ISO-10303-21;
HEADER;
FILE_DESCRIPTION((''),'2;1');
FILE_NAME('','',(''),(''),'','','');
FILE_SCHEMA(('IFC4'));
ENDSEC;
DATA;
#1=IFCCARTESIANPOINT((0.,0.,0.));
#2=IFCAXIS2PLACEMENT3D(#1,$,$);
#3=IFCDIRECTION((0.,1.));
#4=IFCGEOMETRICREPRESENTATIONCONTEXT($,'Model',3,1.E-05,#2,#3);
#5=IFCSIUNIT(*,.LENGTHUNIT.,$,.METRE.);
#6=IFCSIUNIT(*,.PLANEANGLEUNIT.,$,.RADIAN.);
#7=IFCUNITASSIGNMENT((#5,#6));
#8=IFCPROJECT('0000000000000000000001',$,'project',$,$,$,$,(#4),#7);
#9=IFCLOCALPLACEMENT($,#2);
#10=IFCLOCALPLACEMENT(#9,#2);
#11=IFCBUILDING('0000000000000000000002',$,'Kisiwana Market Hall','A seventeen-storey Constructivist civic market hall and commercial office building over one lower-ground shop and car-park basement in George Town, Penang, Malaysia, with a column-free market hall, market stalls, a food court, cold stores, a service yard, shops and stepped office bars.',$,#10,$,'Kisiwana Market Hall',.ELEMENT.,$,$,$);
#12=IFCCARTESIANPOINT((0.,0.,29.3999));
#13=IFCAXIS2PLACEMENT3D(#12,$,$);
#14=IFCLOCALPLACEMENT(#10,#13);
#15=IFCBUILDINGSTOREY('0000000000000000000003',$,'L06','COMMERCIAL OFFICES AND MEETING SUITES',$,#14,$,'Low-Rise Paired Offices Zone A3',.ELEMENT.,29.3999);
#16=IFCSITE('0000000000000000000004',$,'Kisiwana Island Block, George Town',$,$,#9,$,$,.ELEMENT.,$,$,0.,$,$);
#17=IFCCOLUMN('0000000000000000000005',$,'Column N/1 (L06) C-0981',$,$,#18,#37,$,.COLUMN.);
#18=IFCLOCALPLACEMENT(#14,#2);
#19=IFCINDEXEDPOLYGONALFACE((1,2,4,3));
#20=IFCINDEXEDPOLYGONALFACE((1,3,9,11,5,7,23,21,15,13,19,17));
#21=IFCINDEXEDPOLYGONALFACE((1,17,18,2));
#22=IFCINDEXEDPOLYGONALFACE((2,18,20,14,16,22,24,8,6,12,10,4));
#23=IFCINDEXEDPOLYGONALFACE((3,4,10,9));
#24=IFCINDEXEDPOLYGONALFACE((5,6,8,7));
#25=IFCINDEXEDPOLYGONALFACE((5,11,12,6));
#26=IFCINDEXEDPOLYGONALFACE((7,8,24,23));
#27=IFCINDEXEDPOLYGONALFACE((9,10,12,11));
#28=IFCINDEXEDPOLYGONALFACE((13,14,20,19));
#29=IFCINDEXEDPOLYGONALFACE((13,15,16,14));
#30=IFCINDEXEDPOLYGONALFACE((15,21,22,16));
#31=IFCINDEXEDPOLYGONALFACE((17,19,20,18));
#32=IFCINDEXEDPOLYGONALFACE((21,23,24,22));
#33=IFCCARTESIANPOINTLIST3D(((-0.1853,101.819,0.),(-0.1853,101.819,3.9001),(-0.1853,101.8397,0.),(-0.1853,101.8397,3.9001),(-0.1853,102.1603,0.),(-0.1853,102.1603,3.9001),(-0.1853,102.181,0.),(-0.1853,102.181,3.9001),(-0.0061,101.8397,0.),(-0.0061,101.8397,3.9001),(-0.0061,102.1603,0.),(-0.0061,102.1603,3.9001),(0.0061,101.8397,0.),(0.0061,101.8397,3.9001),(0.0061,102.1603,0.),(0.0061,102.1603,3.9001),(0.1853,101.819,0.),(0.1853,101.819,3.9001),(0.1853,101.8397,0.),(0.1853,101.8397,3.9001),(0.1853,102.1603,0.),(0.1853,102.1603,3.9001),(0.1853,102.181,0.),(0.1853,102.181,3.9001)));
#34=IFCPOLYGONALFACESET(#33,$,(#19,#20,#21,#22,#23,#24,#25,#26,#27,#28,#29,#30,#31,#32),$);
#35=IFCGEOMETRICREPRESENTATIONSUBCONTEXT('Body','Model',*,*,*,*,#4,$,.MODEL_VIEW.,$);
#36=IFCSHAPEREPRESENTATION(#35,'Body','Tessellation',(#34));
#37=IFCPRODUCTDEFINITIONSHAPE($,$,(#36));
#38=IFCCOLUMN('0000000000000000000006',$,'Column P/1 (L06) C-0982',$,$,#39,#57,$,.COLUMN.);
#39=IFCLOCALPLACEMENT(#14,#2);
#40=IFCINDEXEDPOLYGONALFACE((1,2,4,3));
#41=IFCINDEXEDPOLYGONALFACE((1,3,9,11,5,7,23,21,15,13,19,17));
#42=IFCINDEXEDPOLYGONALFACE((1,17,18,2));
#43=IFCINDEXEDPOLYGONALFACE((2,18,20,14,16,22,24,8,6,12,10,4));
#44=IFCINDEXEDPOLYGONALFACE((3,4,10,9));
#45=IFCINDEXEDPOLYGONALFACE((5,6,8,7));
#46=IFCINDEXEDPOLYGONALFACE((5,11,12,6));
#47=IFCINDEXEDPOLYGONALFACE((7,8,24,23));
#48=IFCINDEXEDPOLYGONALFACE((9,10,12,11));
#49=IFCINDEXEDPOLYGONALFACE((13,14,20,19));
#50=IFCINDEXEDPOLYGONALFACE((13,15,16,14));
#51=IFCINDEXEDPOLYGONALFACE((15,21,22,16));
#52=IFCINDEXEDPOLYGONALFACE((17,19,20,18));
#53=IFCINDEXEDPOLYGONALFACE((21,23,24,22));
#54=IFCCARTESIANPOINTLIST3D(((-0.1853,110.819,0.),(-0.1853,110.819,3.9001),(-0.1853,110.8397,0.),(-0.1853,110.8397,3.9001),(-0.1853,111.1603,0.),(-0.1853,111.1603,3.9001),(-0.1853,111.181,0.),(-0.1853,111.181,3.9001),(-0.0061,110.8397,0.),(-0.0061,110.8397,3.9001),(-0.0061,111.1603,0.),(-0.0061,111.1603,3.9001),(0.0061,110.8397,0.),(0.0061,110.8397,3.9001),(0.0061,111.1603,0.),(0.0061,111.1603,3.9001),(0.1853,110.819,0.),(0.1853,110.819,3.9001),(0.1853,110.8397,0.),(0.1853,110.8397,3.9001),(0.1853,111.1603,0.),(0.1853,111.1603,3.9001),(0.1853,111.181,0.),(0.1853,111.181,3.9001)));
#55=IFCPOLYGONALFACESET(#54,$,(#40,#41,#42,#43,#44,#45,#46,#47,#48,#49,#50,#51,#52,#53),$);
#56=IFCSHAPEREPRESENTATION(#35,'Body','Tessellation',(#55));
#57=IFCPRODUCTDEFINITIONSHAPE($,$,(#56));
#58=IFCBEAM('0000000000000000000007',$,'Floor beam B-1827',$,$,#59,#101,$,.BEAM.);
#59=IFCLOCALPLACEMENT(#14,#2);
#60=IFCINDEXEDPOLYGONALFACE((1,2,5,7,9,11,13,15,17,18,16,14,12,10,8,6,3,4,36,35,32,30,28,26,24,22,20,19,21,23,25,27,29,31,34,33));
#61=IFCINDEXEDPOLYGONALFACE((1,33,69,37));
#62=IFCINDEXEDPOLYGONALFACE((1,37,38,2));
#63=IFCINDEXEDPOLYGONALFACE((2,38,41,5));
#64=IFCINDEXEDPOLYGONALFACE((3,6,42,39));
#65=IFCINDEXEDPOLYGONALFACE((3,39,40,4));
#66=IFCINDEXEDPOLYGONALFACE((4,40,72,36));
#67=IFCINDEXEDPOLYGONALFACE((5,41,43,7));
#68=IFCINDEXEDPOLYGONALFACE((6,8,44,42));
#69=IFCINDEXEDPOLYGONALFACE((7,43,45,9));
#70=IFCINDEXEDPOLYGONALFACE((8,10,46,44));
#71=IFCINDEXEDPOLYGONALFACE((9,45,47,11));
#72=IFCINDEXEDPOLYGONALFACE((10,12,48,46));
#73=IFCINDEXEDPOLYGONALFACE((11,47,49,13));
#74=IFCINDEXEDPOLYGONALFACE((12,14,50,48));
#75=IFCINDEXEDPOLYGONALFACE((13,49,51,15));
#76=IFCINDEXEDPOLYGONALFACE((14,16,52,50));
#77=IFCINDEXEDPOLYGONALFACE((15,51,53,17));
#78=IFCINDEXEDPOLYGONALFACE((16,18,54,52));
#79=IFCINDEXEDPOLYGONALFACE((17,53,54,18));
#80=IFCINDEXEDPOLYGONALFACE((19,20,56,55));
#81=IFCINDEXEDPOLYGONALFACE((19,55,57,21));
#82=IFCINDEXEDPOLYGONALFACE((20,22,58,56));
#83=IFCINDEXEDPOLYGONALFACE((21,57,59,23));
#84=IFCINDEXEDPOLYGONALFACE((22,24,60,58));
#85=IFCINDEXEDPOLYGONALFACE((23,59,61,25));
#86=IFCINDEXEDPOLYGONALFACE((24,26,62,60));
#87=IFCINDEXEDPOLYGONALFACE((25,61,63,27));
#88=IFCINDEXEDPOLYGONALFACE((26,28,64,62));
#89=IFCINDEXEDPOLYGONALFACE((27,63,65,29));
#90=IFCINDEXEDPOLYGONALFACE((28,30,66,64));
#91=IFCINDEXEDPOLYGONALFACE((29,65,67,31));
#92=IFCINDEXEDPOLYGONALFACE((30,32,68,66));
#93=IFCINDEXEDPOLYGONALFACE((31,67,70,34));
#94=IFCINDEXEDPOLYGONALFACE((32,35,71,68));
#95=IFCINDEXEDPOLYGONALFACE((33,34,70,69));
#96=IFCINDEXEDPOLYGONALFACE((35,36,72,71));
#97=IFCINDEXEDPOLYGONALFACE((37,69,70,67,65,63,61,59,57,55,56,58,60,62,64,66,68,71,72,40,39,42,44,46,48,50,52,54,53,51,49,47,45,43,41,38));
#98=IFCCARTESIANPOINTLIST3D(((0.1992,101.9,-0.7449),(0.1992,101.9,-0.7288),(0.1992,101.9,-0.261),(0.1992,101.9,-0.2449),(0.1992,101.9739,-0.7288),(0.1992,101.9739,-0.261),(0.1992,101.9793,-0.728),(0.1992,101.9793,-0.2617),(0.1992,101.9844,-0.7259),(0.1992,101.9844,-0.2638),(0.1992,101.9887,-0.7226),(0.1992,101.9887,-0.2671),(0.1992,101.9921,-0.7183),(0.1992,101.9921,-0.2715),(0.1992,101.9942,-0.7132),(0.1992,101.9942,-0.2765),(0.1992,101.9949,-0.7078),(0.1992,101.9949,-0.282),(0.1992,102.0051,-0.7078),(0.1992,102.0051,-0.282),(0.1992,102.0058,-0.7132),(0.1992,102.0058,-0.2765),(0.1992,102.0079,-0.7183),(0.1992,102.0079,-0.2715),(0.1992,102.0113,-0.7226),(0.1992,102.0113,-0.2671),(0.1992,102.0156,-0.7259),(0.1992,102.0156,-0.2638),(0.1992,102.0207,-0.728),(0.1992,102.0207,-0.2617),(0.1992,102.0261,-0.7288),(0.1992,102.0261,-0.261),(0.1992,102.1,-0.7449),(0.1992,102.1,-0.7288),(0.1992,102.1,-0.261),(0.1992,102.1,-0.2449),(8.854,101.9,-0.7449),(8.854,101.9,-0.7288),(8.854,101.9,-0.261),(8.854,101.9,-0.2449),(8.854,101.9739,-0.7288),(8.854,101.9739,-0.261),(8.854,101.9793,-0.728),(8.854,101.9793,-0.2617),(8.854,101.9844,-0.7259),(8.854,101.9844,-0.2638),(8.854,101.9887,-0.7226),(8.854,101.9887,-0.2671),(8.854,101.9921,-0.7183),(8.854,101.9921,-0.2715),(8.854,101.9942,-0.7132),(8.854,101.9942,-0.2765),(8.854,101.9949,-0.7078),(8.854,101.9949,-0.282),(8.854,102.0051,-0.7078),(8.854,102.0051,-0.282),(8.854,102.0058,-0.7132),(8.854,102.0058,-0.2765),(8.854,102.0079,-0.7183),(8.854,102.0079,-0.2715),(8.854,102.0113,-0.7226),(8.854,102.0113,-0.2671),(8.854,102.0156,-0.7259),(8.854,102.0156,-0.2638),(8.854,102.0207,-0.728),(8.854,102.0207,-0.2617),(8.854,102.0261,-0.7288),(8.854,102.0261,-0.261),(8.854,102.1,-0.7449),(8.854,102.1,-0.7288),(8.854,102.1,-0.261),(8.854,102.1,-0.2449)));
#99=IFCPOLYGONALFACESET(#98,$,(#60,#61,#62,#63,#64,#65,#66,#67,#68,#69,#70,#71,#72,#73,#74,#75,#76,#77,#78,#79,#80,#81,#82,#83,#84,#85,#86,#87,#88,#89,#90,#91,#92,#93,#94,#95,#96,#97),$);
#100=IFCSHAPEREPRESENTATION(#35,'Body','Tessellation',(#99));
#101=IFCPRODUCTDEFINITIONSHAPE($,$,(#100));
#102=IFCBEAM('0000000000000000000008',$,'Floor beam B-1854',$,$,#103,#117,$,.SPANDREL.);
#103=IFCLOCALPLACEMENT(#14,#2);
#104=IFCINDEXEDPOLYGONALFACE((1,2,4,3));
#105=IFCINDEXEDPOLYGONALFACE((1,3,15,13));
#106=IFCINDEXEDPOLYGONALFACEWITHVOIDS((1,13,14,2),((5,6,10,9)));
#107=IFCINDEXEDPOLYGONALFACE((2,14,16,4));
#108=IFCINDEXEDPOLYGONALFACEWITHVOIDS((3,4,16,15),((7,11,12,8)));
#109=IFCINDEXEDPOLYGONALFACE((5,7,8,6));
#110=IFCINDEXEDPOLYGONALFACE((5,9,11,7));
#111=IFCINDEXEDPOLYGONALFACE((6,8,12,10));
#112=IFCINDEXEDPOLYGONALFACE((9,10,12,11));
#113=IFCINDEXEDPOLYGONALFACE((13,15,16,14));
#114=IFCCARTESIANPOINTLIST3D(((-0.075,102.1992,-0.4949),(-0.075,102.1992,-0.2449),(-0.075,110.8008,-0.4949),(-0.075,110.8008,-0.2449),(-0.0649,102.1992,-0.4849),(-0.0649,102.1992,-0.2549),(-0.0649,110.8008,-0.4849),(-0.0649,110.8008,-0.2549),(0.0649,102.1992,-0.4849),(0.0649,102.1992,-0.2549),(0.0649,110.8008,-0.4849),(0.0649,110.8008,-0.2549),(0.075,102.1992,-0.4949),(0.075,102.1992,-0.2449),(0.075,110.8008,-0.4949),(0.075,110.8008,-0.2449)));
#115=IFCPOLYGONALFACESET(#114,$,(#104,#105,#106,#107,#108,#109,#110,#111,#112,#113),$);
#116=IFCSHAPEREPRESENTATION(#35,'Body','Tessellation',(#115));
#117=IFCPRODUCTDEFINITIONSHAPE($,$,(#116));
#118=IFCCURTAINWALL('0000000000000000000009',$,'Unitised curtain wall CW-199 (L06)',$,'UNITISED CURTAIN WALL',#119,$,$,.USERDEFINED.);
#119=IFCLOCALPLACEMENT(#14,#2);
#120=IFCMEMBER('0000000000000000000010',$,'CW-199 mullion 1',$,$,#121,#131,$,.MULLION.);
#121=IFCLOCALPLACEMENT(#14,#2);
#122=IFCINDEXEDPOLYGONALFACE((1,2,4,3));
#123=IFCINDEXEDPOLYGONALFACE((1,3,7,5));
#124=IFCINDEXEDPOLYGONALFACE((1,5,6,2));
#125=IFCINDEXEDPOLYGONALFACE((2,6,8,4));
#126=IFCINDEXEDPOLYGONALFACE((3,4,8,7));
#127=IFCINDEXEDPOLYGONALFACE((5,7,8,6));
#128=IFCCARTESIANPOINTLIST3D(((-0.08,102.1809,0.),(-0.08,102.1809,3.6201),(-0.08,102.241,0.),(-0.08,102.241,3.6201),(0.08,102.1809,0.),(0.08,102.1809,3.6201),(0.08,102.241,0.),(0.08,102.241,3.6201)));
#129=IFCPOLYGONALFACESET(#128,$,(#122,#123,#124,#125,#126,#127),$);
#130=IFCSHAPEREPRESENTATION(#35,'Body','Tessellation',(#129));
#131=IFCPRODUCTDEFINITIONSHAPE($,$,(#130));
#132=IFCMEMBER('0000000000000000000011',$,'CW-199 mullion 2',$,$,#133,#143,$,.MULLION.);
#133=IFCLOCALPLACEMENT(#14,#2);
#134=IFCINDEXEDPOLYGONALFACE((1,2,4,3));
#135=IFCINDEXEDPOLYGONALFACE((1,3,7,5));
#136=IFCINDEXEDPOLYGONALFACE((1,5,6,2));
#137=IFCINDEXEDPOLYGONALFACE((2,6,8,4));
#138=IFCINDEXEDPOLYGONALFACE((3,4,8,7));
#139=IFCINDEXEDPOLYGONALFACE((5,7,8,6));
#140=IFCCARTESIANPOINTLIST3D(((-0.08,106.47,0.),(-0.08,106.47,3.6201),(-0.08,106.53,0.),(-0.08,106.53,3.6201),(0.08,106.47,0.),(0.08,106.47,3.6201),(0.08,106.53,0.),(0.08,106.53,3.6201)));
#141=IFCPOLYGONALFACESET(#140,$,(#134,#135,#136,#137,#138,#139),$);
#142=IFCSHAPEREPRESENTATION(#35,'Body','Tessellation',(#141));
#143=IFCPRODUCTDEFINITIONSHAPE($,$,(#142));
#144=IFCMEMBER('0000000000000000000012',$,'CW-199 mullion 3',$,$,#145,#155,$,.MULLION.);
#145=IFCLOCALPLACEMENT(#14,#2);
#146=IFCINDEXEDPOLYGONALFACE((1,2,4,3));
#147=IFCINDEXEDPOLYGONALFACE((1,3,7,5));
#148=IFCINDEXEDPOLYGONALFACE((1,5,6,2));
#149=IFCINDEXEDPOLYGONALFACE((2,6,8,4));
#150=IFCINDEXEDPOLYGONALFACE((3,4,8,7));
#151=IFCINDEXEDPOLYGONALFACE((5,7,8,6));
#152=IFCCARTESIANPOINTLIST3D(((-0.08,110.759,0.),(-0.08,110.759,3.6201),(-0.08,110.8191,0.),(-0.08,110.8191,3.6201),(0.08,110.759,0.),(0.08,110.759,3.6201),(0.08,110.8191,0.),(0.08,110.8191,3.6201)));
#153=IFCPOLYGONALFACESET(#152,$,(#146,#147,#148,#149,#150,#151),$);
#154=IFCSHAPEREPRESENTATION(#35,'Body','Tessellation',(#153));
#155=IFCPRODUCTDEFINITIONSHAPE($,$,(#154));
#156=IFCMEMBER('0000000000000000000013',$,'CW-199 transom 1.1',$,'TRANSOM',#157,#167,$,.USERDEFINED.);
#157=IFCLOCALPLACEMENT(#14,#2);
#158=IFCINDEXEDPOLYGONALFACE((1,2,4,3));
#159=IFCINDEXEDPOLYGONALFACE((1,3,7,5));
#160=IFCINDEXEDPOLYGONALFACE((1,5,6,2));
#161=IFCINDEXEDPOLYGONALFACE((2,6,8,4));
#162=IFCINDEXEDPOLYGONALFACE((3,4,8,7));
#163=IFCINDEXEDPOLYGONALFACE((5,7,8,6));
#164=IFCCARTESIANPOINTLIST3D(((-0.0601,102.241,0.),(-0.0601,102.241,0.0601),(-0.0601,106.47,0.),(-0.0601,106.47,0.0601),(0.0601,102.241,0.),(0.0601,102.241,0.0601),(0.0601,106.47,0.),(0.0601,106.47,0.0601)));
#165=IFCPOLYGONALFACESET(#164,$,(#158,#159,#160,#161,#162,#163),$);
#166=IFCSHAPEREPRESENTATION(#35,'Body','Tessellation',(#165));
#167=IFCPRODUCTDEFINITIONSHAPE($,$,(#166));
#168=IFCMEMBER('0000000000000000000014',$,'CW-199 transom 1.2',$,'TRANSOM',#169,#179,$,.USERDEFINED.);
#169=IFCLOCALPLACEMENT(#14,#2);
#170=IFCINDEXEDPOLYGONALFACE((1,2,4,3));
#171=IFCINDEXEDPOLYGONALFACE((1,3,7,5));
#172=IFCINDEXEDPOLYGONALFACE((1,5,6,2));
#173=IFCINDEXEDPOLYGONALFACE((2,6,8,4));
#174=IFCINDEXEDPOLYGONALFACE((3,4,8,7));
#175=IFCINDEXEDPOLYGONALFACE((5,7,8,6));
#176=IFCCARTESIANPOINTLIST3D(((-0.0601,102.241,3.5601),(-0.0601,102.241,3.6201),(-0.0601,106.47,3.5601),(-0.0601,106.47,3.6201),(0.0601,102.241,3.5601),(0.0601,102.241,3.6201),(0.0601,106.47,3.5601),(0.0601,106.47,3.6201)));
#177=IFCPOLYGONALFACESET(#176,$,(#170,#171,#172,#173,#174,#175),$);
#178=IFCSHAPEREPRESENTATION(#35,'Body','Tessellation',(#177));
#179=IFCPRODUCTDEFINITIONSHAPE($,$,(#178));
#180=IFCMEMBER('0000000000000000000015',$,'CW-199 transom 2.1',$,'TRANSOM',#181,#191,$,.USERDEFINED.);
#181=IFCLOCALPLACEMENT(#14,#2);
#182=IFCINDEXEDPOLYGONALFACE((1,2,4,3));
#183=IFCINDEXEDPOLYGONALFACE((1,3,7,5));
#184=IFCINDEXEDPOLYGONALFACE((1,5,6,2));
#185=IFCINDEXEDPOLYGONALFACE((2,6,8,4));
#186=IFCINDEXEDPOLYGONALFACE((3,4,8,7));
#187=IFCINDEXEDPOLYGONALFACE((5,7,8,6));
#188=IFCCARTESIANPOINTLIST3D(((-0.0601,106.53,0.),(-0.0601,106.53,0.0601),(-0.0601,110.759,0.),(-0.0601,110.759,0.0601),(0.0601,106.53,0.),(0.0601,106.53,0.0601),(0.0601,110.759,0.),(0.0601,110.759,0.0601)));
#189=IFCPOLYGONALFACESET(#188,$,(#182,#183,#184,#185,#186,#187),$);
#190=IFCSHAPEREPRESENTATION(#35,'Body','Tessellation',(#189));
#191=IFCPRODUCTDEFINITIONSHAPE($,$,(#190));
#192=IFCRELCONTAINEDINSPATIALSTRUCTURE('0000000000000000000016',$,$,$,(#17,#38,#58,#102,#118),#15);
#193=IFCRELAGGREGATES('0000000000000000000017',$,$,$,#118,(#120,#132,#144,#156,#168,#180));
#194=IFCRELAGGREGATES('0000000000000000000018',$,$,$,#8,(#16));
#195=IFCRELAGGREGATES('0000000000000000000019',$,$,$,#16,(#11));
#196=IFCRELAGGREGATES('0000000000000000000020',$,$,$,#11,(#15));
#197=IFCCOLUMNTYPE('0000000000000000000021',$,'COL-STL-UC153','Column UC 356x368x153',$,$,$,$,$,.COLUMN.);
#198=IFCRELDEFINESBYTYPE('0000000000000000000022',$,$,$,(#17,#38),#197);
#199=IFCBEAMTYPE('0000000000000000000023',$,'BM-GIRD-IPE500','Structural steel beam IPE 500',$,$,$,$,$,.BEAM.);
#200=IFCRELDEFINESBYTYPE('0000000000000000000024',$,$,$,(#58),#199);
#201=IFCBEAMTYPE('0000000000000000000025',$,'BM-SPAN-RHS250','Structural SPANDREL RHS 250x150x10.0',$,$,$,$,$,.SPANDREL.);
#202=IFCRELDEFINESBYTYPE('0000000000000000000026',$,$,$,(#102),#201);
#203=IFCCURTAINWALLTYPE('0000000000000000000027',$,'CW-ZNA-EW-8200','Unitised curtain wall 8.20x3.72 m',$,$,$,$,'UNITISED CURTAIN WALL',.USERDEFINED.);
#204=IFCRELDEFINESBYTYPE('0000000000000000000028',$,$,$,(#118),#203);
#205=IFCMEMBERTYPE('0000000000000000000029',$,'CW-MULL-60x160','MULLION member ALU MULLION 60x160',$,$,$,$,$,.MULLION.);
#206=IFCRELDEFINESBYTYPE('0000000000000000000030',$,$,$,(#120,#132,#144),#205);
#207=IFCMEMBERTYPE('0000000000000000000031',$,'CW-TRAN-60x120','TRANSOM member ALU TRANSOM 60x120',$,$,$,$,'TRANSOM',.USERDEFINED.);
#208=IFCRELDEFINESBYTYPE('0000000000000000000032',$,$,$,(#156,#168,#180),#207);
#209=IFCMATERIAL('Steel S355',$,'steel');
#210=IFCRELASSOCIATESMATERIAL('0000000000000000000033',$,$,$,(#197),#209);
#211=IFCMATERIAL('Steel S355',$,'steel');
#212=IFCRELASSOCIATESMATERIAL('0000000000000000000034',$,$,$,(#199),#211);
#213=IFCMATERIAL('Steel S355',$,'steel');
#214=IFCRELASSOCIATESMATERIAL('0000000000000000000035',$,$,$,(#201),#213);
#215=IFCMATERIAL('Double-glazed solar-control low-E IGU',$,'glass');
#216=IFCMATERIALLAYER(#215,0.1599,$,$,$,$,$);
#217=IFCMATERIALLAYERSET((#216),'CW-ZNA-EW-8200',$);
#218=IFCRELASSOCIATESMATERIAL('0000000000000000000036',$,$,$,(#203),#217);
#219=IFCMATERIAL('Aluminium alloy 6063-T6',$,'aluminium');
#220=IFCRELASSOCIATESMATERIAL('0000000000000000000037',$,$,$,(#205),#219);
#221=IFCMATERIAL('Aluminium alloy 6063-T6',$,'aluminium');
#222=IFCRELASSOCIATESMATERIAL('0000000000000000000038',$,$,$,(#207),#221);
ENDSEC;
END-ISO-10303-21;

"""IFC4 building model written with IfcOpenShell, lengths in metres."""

from ifc_helpers import new_model, si_unit, direction, frame, origin, origin_2d, place, context, subcontext, project, spatial, rectangle, hollow_rectangle, i_section, extrude, material, layer, layer_set, material_profile, profile_set, type_object, element, aggregate, save


model = new_model("IFC4")

# Units and contexts
model_context = context("Model", 3, precision=1e-05, world=origin(), true_north=direction((0.0, 1.0)))
body_context = subcontext(model_context, "Body", "Model", "MODEL_VIEW")
ifc_project = project(units=[si_unit("LENGTHUNIT", "METRE"), si_unit("PLANEANGLEUNIT", "RADIAN")], contexts=[model_context])

# Site, building, storey
site_placement = place(None, origin())
site = spatial("IfcSite", under=ifc_project, at=site_placement, Name="Kisiwana Island Block, George Town", CompositionType="ELEMENT", RefElevation=0.0)
building_placement = place(site_placement, origin())
building = spatial("IfcBuilding", under=site, at=building_placement, Name="Kisiwana Market Hall", Description="A seventeen-storey Constructivist civic market hall and commercial office building over one lower-ground shop and car-park basement in George Town, Penang, Malaysia, with a column-free market hall, market stalls, a food court, cold stores, a service yard, shops and stepped office bars.", LongName="Kisiwana Market Hall", CompositionType="ELEMENT")
storey_placement = place(building_placement, frame((0.0, 0.0, 29.3999)))
storey = spatial("IfcBuildingStorey", under=building, at=storey_placement, Name="L06", Description="COMMERCIAL OFFICES AND MEETING SUITES", LongName="Low-Rise Paired Offices Zone A3", CompositionType="ELEMENT", Elevation=29.3999)

# Columns
ifc_material_1 = material(Name="Steel S355", Category="steel")
ifc_material_profile_1 = material_profile(ifc_material_1, i_section(OverallWidth=0.3706, OverallDepth=0.3621, WebThickness=0.0122, FlangeThickness=0.0208, at=origin_2d()), Name="UC 356x368x153")
ifc_profile_set_1 = profile_set([ifc_material_profile_1], Name="Steel S355")
column_type = type_object("IfcColumnType", Name="COL-STL-UC153", Description="Column UC 356x368x153", PredefinedType="COLUMN", material=ifc_profile_set_1)
for number, where, z_axis, x_axis, name in (
    (1, (0.0, 102.0, 0.0), (0.0, 0.0, 1.0), (1.0, 0.0, 0.0), "Column N/1 (L06) C-0981"),
    (2, (0.0, 111.0, 0.0), (0.0, 0.0, 1.0), (1.0, 0.0, 0.0), "Column P/1 (L06) C-0982"),
):
    element("IfcColumn", number, at=place(storey_placement, frame(where, z_axis=z_axis, x_axis=x_axis)), inside=storey, type_object=column_type, Name=name, PredefinedType="COLUMN", context=body_context, shape_type="SweptSolid", body=[
        extrude(i_section(OverallWidth=0.3706, OverallDepth=0.3621, WebThickness=0.0122, FlangeThickness=0.0208, at=origin_2d()), origin(), (0.0, 0.0, 1.0), 3.9001),
    ])

# Beams
ifc_material_2 = material(Name="Steel S355", Category="steel")
ifc_material_profile_2 = material_profile(ifc_material_2, i_section(OverallWidth=0.2, OverallDepth=0.5, WebThickness=0.0103, FlangeThickness=0.0161, FilletRadius=0.021, at=origin_2d()), Name="IPE 500")
ifc_profile_set_2 = profile_set([ifc_material_profile_2], Name="Steel S355")
beam_type_1 = type_object("IfcBeamType", Name="BM-GIRD-IPE500", Description="Structural steel beam IPE 500", PredefinedType="BEAM", material=ifc_profile_set_2)
beam_1_placement = place(storey_placement, frame((0.1992, 102.0, -0.4949), z_axis=(1.0, 0.0, 0.0), x_axis=(0.0, 1.0, 0.0)))
element("IfcBeam", 3, at=beam_1_placement, inside=storey, type_object=beam_type_1, Name="Floor beam B-1827", PredefinedType="BEAM", context=body_context, shape_type="SweptSolid", body=[
    extrude(i_section(OverallWidth=0.2, OverallDepth=0.5, WebThickness=0.0103, FlangeThickness=0.0161, FilletRadius=0.021, at=origin_2d()), origin(), (0.0, 0.0, 1.0), 8.6548),
])
ifc_material_3 = material(Name="Steel S355", Category="steel")
ifc_material_profile_3 = material_profile(ifc_material_3, hollow_rectangle(XDim=0.1499, YDim=0.25, WallThickness=0.01, at=origin_2d()), Name="RHS 250x150x10.0")
ifc_profile_set_3 = profile_set([ifc_material_profile_3], Name="Steel S355")
beam_type_2 = type_object("IfcBeamType", Name="BM-SPAN-RHS250", Description="Structural SPANDREL RHS 250x150x10.0", PredefinedType="SPANDREL", material=ifc_profile_set_3)
beam_2_placement = place(storey_placement, frame((0.0, 102.1992, -0.3699), z_axis=(0.0, 1.0, 0.0), x_axis=(-1.0, 0.0, 0.0)))
element("IfcBeam", 4, at=beam_2_placement, inside=storey, type_object=beam_type_2, Name="Floor beam B-1854", PredefinedType="SPANDREL", context=body_context, shape_type="SweptSolid", body=[
    extrude(hollow_rectangle(XDim=0.1499, YDim=0.25, WallThickness=0.01, at=origin_2d()), origin(), (0.0, 0.0, 1.0), 8.6016),
])

# Curtain wall, members
ifc_material_4 = material(Name="Double-glazed solar-control low-E IGU", Category="glass")
ifc_layer_1 = layer(ifc_material_4, 0.1599)
ifc_layer_set_1 = layer_set([ifc_layer_1], Name="CW-ZNA-EW-8200")
curtain_wall_type = type_object("IfcCurtainWallType", Name="CW-ZNA-EW-8200", Description="Unitised curtain wall 8.20x3.72 m", ElementType="UNITISED CURTAIN WALL", PredefinedType="USERDEFINED", material=ifc_layer_set_1)
curtain_wall_placement = place(storey_placement, origin())
curtain_wall = element("IfcCurtainWall", 5, at=curtain_wall_placement, inside=storey, type_object=curtain_wall_type, Name="Unitised curtain wall CW-199 (L06)", ObjectType="UNITISED CURTAIN WALL", PredefinedType="USERDEFINED")
ifc_material_5 = material(Name="Aluminium alloy 6063-T6", Category="aluminium")
ifc_material_profile_4 = material_profile(ifc_material_5, rectangle(XDim=0.0601, YDim=0.1599, at=origin_2d()), Name="ALU MULLION 60x160")
ifc_profile_set_4 = profile_set([ifc_material_profile_4], Name="Aluminium alloy 6063-T6")
member_type_1 = type_object("IfcMemberType", Name="CW-MULL-60x160", Description="MULLION member ALU MULLION 60x160", PredefinedType="MULLION", material=ifc_profile_set_4)
member_1_placement = place(storey_placement, frame((0.0, 102.2109, 0.0), z_axis=(0.0, 0.0, 1.0), x_axis=(0.0, 1.0, 0.0)))
member_1 = element("IfcMember", 6, at=member_1_placement, type_object=member_type_1, Name="CW-199 mullion 1", PredefinedType="MULLION", context=body_context, shape_type="SweptSolid", body=[
    extrude(rectangle(XDim=0.0601, YDim=0.1599, at=origin_2d()), origin(), (0.0, 0.0, 1.0), 3.6201),
])
member_2_placement = place(storey_placement, frame((0.0, 106.5, 0.0), z_axis=(0.0, 0.0, 1.0), x_axis=(0.0, 1.0, 0.0)))
member_2 = element("IfcMember", 7, at=member_2_placement, type_object=member_type_1, Name="CW-199 mullion 2", PredefinedType="MULLION", context=body_context, shape_type="SweptSolid", body=[
    extrude(rectangle(XDim=0.0601, YDim=0.1599, at=origin_2d()), origin(), (0.0, 0.0, 1.0), 3.6201),
])
member_3_placement = place(storey_placement, frame((0.0, 110.7891, 0.0), z_axis=(0.0, 0.0, 1.0), x_axis=(0.0, 1.0, 0.0)))
member_3 = element("IfcMember", 8, at=member_3_placement, type_object=member_type_1, Name="CW-199 mullion 3", PredefinedType="MULLION", context=body_context, shape_type="SweptSolid", body=[
    extrude(rectangle(XDim=0.0601, YDim=0.1599, at=origin_2d()), origin(), (0.0, 0.0, 1.0), 3.6201),
])
ifc_material_6 = material(Name="Aluminium alloy 6063-T6", Category="aluminium")
ifc_material_profile_5 = material_profile(ifc_material_6, rectangle(XDim=0.1201, YDim=0.0601, at=origin_2d()), Name="ALU TRANSOM 60x120")
ifc_profile_set_5 = profile_set([ifc_material_profile_5], Name="Aluminium alloy 6063-T6")
member_type_2 = type_object("IfcMemberType", Name="CW-TRAN-60x120", Description="TRANSOM member ALU TRANSOM 60x120", ElementType="TRANSOM", PredefinedType="USERDEFINED", material=ifc_profile_set_5)
member_4_placement = place(storey_placement, frame((0.0, 102.241, 0.03), z_axis=(0.0, 1.0, 0.0), x_axis=(-1.0, 0.0, 0.0)))
member_4 = element("IfcMember", 9, at=member_4_placement, type_object=member_type_2, Name="CW-199 transom 1.1", ObjectType="TRANSOM", PredefinedType="USERDEFINED", context=body_context, shape_type="SweptSolid", body=[
    extrude(rectangle(XDim=0.1201, YDim=0.0601, at=origin_2d()), origin(), (0.0, 0.0, 1.0), 4.229),
])
member_5_placement = place(storey_placement, frame((0.0, 102.241, 3.5901), z_axis=(0.0, 1.0, 0.0), x_axis=(-1.0, 0.0, 0.0)))
member_5 = element("IfcMember", 10, at=member_5_placement, type_object=member_type_2, Name="CW-199 transom 1.2", ObjectType="TRANSOM", PredefinedType="USERDEFINED", context=body_context, shape_type="SweptSolid", body=[
    extrude(rectangle(XDim=0.1201, YDim=0.0601, at=origin_2d()), origin(), (0.0, 0.0, 1.0), 4.229),
])
member_6_placement = place(storey_placement, frame((0.0, 106.53, 0.03), z_axis=(0.0, 1.0, 0.0), x_axis=(-1.0, 0.0, 0.0)))
member_6 = element("IfcMember", 11, at=member_6_placement, type_object=member_type_2, Name="CW-199 transom 2.1", ObjectType="TRANSOM", PredefinedType="USERDEFINED", context=body_context, shape_type="SweptSolid", body=[
    extrude(rectangle(XDim=0.1201, YDim=0.0601, at=origin_2d()), origin(), (0.0, 0.0, 1.0), 4.229),
])
aggregate(curtain_wall, [member_1, member_2, member_3, member_4, member_5, member_6])

save(model, "model.ifc")
